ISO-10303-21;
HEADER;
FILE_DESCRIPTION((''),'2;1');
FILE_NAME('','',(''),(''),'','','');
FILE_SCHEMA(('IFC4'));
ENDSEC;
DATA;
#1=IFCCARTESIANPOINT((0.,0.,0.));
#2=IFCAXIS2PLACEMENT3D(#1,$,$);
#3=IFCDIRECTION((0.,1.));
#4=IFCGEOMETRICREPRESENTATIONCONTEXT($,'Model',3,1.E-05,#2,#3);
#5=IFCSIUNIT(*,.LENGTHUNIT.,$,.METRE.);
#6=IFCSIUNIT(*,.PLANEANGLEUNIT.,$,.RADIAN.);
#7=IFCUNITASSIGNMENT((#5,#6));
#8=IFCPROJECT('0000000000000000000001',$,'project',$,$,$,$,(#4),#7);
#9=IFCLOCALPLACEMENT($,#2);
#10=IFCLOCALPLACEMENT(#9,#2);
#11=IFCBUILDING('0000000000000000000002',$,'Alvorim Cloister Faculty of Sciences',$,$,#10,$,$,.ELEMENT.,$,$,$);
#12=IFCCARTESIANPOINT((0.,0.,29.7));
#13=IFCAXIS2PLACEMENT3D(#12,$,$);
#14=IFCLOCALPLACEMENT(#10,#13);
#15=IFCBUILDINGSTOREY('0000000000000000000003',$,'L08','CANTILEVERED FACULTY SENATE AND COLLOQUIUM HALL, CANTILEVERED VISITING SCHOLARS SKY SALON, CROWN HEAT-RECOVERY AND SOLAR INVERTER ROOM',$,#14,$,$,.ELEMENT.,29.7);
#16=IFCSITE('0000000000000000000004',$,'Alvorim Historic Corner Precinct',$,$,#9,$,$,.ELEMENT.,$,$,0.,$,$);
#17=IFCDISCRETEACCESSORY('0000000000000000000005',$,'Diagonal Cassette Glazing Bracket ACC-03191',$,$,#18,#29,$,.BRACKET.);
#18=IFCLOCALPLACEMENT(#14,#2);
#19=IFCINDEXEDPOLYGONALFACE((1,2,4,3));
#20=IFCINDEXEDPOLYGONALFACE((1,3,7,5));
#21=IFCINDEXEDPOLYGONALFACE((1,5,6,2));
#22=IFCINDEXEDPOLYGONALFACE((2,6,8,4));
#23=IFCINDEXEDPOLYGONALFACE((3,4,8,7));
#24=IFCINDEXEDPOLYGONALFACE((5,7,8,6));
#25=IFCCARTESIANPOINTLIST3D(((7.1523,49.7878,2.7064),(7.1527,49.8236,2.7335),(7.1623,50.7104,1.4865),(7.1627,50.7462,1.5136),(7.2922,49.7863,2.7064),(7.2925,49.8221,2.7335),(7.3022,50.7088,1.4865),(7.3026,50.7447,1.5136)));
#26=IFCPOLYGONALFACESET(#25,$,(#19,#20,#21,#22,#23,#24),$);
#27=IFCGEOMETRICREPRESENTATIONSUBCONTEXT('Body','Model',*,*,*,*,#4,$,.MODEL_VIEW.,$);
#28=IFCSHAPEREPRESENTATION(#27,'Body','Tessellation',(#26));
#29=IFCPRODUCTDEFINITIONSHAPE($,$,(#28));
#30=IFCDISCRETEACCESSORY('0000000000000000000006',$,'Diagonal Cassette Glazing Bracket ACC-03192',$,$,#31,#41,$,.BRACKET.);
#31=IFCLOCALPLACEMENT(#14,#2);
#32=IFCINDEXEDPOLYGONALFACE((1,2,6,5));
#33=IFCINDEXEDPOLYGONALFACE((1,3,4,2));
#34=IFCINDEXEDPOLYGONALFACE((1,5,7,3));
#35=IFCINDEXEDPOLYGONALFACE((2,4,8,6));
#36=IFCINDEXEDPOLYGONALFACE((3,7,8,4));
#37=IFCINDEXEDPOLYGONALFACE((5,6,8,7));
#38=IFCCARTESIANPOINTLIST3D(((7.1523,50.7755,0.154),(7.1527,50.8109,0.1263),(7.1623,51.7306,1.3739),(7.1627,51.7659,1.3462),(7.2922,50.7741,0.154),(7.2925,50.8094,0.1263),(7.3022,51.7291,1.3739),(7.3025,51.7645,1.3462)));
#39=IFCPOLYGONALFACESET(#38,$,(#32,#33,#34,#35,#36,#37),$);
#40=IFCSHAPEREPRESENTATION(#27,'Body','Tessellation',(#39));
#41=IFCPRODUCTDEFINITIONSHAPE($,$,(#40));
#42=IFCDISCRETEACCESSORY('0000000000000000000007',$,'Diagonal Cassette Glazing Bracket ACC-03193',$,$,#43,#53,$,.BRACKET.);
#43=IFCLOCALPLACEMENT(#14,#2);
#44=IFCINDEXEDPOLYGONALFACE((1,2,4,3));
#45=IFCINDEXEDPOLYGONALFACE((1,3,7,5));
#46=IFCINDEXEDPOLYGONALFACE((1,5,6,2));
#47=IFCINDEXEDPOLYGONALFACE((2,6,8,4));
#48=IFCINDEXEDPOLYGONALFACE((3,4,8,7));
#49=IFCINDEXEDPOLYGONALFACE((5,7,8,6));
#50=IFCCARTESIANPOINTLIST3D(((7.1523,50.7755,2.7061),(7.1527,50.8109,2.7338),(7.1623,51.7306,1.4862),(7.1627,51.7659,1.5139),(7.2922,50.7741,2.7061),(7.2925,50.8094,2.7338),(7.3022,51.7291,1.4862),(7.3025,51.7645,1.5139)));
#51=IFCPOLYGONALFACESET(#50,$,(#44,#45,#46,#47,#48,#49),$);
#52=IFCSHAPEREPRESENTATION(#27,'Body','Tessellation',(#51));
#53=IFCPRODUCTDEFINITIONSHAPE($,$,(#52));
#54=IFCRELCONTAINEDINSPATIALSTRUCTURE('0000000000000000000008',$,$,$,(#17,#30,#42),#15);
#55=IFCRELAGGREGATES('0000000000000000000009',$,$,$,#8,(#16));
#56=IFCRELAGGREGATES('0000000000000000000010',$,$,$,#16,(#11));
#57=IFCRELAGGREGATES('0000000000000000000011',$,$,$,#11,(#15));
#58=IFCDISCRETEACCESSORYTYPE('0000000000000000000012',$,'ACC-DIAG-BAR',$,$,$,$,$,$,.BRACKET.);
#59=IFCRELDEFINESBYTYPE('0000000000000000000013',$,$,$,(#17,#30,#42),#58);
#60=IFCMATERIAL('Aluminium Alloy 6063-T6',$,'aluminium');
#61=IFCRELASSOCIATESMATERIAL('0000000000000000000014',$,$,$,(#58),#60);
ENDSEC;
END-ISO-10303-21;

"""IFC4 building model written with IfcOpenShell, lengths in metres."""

from ifc_helpers import new_model, si_unit, direction, frame, origin, origin_2d, place, context, subcontext, project, spatial, rectangle, extrude, material, type_object, element, save


model = new_model("IFC4")

# Units and contexts
model_context = context("Model", 3, precision=1e-05, world=origin(), true_north=direction((0.0, 1.0)))
body_context = subcontext(model_context, "Body", "Model", "MODEL_VIEW")
ifc_project = project(units=[si_unit("LENGTHUNIT", "METRE"), si_unit("PLANEANGLEUNIT", "RADIAN")], contexts=[model_context])

# Site, building, storey
site_placement = place(None, origin())
site = spatial("IfcSite", under=ifc_project, at=site_placement, Name="Alvorim Historic Corner Precinct", CompositionType="ELEMENT", RefElevation=0.0)
building_placement = place(site_placement, origin())
building = spatial("IfcBuilding", under=site, at=building_placement, Name="Alvorim Cloister Faculty of Sciences", CompositionType="ELEMENT")
storey_placement = place(building_placement, frame((0.0, 0.0, 29.7)))
storey = spatial("IfcBuildingStorey", under=building, at=storey_placement, Name="L08", Description="CANTILEVERED FACULTY SENATE AND COLLOQUIUM HALL, CANTILEVERED VISITING SCHOLARS SKY SALON, CROWN HEAT-RECOVERY AND SOLAR INVERTER ROOM", CompositionType="ELEMENT", Elevation=29.7)

# Shared definitions
ifc_material_1 = material(Name="Aluminium Alloy 6063-T6", Category="aluminium")

# Discrete accessories
discrete_accessory_type = type_object("IfcDiscreteAccessoryType", Name="ACC-DIAG-BAR", PredefinedType="BRACKET", material=ifc_material_1)
for number, where, z_axis, x_axis, name in (
    (1, (7.2224, 49.8049, 2.72), (0.006544, 0.603175, -0.797582), (-0.999941, 0.010849, 0.0), "Diagonal Cassette Glazing Bracket ACC-03191"),
):
    element("IfcDiscreteAccessory", number, at=place(storey_placement, frame(where, z_axis=z_axis, x_axis=x_axis)), inside=storey, type_object=discrete_accessory_type, Name=name, PredefinedType="BRACKET", context=body_context, shape_type="SweptSolid", body=[
        extrude(rectangle(XDim=0.1399, YDim=0.0449, at=origin_2d()), origin(), (0.0, 0.0, 1.0), 1.5295),
    ])
for number, where, z_axis, x_axis, name in (
    (2, (7.2224, 50.7925, 0.1401), (0.00646, 0.616423, 0.787389), (-0.999945, 0.01048, 0.0), "Diagonal Cassette Glazing Bracket ACC-03192"),
    (3, (7.2224, 50.7925, 2.72), (0.00646, 0.616423, -0.787389), (-0.999945, 0.01048, 0.0), "Diagonal Cassette Glazing Bracket ACC-03193"),
):
    element("IfcDiscreteAccessory", number, at=place(storey_placement, frame(where, z_axis=z_axis, x_axis=x_axis)), inside=storey, type_object=discrete_accessory_type, Name=name, PredefinedType="BRACKET", context=body_context, shape_type="SweptSolid", body=[
        extrude(rectangle(XDim=0.1399, YDim=0.0449, at=origin_2d()), origin(), (0.0, 0.0, 1.0), 1.5493),
    ])

save(model, "model.ifc")
